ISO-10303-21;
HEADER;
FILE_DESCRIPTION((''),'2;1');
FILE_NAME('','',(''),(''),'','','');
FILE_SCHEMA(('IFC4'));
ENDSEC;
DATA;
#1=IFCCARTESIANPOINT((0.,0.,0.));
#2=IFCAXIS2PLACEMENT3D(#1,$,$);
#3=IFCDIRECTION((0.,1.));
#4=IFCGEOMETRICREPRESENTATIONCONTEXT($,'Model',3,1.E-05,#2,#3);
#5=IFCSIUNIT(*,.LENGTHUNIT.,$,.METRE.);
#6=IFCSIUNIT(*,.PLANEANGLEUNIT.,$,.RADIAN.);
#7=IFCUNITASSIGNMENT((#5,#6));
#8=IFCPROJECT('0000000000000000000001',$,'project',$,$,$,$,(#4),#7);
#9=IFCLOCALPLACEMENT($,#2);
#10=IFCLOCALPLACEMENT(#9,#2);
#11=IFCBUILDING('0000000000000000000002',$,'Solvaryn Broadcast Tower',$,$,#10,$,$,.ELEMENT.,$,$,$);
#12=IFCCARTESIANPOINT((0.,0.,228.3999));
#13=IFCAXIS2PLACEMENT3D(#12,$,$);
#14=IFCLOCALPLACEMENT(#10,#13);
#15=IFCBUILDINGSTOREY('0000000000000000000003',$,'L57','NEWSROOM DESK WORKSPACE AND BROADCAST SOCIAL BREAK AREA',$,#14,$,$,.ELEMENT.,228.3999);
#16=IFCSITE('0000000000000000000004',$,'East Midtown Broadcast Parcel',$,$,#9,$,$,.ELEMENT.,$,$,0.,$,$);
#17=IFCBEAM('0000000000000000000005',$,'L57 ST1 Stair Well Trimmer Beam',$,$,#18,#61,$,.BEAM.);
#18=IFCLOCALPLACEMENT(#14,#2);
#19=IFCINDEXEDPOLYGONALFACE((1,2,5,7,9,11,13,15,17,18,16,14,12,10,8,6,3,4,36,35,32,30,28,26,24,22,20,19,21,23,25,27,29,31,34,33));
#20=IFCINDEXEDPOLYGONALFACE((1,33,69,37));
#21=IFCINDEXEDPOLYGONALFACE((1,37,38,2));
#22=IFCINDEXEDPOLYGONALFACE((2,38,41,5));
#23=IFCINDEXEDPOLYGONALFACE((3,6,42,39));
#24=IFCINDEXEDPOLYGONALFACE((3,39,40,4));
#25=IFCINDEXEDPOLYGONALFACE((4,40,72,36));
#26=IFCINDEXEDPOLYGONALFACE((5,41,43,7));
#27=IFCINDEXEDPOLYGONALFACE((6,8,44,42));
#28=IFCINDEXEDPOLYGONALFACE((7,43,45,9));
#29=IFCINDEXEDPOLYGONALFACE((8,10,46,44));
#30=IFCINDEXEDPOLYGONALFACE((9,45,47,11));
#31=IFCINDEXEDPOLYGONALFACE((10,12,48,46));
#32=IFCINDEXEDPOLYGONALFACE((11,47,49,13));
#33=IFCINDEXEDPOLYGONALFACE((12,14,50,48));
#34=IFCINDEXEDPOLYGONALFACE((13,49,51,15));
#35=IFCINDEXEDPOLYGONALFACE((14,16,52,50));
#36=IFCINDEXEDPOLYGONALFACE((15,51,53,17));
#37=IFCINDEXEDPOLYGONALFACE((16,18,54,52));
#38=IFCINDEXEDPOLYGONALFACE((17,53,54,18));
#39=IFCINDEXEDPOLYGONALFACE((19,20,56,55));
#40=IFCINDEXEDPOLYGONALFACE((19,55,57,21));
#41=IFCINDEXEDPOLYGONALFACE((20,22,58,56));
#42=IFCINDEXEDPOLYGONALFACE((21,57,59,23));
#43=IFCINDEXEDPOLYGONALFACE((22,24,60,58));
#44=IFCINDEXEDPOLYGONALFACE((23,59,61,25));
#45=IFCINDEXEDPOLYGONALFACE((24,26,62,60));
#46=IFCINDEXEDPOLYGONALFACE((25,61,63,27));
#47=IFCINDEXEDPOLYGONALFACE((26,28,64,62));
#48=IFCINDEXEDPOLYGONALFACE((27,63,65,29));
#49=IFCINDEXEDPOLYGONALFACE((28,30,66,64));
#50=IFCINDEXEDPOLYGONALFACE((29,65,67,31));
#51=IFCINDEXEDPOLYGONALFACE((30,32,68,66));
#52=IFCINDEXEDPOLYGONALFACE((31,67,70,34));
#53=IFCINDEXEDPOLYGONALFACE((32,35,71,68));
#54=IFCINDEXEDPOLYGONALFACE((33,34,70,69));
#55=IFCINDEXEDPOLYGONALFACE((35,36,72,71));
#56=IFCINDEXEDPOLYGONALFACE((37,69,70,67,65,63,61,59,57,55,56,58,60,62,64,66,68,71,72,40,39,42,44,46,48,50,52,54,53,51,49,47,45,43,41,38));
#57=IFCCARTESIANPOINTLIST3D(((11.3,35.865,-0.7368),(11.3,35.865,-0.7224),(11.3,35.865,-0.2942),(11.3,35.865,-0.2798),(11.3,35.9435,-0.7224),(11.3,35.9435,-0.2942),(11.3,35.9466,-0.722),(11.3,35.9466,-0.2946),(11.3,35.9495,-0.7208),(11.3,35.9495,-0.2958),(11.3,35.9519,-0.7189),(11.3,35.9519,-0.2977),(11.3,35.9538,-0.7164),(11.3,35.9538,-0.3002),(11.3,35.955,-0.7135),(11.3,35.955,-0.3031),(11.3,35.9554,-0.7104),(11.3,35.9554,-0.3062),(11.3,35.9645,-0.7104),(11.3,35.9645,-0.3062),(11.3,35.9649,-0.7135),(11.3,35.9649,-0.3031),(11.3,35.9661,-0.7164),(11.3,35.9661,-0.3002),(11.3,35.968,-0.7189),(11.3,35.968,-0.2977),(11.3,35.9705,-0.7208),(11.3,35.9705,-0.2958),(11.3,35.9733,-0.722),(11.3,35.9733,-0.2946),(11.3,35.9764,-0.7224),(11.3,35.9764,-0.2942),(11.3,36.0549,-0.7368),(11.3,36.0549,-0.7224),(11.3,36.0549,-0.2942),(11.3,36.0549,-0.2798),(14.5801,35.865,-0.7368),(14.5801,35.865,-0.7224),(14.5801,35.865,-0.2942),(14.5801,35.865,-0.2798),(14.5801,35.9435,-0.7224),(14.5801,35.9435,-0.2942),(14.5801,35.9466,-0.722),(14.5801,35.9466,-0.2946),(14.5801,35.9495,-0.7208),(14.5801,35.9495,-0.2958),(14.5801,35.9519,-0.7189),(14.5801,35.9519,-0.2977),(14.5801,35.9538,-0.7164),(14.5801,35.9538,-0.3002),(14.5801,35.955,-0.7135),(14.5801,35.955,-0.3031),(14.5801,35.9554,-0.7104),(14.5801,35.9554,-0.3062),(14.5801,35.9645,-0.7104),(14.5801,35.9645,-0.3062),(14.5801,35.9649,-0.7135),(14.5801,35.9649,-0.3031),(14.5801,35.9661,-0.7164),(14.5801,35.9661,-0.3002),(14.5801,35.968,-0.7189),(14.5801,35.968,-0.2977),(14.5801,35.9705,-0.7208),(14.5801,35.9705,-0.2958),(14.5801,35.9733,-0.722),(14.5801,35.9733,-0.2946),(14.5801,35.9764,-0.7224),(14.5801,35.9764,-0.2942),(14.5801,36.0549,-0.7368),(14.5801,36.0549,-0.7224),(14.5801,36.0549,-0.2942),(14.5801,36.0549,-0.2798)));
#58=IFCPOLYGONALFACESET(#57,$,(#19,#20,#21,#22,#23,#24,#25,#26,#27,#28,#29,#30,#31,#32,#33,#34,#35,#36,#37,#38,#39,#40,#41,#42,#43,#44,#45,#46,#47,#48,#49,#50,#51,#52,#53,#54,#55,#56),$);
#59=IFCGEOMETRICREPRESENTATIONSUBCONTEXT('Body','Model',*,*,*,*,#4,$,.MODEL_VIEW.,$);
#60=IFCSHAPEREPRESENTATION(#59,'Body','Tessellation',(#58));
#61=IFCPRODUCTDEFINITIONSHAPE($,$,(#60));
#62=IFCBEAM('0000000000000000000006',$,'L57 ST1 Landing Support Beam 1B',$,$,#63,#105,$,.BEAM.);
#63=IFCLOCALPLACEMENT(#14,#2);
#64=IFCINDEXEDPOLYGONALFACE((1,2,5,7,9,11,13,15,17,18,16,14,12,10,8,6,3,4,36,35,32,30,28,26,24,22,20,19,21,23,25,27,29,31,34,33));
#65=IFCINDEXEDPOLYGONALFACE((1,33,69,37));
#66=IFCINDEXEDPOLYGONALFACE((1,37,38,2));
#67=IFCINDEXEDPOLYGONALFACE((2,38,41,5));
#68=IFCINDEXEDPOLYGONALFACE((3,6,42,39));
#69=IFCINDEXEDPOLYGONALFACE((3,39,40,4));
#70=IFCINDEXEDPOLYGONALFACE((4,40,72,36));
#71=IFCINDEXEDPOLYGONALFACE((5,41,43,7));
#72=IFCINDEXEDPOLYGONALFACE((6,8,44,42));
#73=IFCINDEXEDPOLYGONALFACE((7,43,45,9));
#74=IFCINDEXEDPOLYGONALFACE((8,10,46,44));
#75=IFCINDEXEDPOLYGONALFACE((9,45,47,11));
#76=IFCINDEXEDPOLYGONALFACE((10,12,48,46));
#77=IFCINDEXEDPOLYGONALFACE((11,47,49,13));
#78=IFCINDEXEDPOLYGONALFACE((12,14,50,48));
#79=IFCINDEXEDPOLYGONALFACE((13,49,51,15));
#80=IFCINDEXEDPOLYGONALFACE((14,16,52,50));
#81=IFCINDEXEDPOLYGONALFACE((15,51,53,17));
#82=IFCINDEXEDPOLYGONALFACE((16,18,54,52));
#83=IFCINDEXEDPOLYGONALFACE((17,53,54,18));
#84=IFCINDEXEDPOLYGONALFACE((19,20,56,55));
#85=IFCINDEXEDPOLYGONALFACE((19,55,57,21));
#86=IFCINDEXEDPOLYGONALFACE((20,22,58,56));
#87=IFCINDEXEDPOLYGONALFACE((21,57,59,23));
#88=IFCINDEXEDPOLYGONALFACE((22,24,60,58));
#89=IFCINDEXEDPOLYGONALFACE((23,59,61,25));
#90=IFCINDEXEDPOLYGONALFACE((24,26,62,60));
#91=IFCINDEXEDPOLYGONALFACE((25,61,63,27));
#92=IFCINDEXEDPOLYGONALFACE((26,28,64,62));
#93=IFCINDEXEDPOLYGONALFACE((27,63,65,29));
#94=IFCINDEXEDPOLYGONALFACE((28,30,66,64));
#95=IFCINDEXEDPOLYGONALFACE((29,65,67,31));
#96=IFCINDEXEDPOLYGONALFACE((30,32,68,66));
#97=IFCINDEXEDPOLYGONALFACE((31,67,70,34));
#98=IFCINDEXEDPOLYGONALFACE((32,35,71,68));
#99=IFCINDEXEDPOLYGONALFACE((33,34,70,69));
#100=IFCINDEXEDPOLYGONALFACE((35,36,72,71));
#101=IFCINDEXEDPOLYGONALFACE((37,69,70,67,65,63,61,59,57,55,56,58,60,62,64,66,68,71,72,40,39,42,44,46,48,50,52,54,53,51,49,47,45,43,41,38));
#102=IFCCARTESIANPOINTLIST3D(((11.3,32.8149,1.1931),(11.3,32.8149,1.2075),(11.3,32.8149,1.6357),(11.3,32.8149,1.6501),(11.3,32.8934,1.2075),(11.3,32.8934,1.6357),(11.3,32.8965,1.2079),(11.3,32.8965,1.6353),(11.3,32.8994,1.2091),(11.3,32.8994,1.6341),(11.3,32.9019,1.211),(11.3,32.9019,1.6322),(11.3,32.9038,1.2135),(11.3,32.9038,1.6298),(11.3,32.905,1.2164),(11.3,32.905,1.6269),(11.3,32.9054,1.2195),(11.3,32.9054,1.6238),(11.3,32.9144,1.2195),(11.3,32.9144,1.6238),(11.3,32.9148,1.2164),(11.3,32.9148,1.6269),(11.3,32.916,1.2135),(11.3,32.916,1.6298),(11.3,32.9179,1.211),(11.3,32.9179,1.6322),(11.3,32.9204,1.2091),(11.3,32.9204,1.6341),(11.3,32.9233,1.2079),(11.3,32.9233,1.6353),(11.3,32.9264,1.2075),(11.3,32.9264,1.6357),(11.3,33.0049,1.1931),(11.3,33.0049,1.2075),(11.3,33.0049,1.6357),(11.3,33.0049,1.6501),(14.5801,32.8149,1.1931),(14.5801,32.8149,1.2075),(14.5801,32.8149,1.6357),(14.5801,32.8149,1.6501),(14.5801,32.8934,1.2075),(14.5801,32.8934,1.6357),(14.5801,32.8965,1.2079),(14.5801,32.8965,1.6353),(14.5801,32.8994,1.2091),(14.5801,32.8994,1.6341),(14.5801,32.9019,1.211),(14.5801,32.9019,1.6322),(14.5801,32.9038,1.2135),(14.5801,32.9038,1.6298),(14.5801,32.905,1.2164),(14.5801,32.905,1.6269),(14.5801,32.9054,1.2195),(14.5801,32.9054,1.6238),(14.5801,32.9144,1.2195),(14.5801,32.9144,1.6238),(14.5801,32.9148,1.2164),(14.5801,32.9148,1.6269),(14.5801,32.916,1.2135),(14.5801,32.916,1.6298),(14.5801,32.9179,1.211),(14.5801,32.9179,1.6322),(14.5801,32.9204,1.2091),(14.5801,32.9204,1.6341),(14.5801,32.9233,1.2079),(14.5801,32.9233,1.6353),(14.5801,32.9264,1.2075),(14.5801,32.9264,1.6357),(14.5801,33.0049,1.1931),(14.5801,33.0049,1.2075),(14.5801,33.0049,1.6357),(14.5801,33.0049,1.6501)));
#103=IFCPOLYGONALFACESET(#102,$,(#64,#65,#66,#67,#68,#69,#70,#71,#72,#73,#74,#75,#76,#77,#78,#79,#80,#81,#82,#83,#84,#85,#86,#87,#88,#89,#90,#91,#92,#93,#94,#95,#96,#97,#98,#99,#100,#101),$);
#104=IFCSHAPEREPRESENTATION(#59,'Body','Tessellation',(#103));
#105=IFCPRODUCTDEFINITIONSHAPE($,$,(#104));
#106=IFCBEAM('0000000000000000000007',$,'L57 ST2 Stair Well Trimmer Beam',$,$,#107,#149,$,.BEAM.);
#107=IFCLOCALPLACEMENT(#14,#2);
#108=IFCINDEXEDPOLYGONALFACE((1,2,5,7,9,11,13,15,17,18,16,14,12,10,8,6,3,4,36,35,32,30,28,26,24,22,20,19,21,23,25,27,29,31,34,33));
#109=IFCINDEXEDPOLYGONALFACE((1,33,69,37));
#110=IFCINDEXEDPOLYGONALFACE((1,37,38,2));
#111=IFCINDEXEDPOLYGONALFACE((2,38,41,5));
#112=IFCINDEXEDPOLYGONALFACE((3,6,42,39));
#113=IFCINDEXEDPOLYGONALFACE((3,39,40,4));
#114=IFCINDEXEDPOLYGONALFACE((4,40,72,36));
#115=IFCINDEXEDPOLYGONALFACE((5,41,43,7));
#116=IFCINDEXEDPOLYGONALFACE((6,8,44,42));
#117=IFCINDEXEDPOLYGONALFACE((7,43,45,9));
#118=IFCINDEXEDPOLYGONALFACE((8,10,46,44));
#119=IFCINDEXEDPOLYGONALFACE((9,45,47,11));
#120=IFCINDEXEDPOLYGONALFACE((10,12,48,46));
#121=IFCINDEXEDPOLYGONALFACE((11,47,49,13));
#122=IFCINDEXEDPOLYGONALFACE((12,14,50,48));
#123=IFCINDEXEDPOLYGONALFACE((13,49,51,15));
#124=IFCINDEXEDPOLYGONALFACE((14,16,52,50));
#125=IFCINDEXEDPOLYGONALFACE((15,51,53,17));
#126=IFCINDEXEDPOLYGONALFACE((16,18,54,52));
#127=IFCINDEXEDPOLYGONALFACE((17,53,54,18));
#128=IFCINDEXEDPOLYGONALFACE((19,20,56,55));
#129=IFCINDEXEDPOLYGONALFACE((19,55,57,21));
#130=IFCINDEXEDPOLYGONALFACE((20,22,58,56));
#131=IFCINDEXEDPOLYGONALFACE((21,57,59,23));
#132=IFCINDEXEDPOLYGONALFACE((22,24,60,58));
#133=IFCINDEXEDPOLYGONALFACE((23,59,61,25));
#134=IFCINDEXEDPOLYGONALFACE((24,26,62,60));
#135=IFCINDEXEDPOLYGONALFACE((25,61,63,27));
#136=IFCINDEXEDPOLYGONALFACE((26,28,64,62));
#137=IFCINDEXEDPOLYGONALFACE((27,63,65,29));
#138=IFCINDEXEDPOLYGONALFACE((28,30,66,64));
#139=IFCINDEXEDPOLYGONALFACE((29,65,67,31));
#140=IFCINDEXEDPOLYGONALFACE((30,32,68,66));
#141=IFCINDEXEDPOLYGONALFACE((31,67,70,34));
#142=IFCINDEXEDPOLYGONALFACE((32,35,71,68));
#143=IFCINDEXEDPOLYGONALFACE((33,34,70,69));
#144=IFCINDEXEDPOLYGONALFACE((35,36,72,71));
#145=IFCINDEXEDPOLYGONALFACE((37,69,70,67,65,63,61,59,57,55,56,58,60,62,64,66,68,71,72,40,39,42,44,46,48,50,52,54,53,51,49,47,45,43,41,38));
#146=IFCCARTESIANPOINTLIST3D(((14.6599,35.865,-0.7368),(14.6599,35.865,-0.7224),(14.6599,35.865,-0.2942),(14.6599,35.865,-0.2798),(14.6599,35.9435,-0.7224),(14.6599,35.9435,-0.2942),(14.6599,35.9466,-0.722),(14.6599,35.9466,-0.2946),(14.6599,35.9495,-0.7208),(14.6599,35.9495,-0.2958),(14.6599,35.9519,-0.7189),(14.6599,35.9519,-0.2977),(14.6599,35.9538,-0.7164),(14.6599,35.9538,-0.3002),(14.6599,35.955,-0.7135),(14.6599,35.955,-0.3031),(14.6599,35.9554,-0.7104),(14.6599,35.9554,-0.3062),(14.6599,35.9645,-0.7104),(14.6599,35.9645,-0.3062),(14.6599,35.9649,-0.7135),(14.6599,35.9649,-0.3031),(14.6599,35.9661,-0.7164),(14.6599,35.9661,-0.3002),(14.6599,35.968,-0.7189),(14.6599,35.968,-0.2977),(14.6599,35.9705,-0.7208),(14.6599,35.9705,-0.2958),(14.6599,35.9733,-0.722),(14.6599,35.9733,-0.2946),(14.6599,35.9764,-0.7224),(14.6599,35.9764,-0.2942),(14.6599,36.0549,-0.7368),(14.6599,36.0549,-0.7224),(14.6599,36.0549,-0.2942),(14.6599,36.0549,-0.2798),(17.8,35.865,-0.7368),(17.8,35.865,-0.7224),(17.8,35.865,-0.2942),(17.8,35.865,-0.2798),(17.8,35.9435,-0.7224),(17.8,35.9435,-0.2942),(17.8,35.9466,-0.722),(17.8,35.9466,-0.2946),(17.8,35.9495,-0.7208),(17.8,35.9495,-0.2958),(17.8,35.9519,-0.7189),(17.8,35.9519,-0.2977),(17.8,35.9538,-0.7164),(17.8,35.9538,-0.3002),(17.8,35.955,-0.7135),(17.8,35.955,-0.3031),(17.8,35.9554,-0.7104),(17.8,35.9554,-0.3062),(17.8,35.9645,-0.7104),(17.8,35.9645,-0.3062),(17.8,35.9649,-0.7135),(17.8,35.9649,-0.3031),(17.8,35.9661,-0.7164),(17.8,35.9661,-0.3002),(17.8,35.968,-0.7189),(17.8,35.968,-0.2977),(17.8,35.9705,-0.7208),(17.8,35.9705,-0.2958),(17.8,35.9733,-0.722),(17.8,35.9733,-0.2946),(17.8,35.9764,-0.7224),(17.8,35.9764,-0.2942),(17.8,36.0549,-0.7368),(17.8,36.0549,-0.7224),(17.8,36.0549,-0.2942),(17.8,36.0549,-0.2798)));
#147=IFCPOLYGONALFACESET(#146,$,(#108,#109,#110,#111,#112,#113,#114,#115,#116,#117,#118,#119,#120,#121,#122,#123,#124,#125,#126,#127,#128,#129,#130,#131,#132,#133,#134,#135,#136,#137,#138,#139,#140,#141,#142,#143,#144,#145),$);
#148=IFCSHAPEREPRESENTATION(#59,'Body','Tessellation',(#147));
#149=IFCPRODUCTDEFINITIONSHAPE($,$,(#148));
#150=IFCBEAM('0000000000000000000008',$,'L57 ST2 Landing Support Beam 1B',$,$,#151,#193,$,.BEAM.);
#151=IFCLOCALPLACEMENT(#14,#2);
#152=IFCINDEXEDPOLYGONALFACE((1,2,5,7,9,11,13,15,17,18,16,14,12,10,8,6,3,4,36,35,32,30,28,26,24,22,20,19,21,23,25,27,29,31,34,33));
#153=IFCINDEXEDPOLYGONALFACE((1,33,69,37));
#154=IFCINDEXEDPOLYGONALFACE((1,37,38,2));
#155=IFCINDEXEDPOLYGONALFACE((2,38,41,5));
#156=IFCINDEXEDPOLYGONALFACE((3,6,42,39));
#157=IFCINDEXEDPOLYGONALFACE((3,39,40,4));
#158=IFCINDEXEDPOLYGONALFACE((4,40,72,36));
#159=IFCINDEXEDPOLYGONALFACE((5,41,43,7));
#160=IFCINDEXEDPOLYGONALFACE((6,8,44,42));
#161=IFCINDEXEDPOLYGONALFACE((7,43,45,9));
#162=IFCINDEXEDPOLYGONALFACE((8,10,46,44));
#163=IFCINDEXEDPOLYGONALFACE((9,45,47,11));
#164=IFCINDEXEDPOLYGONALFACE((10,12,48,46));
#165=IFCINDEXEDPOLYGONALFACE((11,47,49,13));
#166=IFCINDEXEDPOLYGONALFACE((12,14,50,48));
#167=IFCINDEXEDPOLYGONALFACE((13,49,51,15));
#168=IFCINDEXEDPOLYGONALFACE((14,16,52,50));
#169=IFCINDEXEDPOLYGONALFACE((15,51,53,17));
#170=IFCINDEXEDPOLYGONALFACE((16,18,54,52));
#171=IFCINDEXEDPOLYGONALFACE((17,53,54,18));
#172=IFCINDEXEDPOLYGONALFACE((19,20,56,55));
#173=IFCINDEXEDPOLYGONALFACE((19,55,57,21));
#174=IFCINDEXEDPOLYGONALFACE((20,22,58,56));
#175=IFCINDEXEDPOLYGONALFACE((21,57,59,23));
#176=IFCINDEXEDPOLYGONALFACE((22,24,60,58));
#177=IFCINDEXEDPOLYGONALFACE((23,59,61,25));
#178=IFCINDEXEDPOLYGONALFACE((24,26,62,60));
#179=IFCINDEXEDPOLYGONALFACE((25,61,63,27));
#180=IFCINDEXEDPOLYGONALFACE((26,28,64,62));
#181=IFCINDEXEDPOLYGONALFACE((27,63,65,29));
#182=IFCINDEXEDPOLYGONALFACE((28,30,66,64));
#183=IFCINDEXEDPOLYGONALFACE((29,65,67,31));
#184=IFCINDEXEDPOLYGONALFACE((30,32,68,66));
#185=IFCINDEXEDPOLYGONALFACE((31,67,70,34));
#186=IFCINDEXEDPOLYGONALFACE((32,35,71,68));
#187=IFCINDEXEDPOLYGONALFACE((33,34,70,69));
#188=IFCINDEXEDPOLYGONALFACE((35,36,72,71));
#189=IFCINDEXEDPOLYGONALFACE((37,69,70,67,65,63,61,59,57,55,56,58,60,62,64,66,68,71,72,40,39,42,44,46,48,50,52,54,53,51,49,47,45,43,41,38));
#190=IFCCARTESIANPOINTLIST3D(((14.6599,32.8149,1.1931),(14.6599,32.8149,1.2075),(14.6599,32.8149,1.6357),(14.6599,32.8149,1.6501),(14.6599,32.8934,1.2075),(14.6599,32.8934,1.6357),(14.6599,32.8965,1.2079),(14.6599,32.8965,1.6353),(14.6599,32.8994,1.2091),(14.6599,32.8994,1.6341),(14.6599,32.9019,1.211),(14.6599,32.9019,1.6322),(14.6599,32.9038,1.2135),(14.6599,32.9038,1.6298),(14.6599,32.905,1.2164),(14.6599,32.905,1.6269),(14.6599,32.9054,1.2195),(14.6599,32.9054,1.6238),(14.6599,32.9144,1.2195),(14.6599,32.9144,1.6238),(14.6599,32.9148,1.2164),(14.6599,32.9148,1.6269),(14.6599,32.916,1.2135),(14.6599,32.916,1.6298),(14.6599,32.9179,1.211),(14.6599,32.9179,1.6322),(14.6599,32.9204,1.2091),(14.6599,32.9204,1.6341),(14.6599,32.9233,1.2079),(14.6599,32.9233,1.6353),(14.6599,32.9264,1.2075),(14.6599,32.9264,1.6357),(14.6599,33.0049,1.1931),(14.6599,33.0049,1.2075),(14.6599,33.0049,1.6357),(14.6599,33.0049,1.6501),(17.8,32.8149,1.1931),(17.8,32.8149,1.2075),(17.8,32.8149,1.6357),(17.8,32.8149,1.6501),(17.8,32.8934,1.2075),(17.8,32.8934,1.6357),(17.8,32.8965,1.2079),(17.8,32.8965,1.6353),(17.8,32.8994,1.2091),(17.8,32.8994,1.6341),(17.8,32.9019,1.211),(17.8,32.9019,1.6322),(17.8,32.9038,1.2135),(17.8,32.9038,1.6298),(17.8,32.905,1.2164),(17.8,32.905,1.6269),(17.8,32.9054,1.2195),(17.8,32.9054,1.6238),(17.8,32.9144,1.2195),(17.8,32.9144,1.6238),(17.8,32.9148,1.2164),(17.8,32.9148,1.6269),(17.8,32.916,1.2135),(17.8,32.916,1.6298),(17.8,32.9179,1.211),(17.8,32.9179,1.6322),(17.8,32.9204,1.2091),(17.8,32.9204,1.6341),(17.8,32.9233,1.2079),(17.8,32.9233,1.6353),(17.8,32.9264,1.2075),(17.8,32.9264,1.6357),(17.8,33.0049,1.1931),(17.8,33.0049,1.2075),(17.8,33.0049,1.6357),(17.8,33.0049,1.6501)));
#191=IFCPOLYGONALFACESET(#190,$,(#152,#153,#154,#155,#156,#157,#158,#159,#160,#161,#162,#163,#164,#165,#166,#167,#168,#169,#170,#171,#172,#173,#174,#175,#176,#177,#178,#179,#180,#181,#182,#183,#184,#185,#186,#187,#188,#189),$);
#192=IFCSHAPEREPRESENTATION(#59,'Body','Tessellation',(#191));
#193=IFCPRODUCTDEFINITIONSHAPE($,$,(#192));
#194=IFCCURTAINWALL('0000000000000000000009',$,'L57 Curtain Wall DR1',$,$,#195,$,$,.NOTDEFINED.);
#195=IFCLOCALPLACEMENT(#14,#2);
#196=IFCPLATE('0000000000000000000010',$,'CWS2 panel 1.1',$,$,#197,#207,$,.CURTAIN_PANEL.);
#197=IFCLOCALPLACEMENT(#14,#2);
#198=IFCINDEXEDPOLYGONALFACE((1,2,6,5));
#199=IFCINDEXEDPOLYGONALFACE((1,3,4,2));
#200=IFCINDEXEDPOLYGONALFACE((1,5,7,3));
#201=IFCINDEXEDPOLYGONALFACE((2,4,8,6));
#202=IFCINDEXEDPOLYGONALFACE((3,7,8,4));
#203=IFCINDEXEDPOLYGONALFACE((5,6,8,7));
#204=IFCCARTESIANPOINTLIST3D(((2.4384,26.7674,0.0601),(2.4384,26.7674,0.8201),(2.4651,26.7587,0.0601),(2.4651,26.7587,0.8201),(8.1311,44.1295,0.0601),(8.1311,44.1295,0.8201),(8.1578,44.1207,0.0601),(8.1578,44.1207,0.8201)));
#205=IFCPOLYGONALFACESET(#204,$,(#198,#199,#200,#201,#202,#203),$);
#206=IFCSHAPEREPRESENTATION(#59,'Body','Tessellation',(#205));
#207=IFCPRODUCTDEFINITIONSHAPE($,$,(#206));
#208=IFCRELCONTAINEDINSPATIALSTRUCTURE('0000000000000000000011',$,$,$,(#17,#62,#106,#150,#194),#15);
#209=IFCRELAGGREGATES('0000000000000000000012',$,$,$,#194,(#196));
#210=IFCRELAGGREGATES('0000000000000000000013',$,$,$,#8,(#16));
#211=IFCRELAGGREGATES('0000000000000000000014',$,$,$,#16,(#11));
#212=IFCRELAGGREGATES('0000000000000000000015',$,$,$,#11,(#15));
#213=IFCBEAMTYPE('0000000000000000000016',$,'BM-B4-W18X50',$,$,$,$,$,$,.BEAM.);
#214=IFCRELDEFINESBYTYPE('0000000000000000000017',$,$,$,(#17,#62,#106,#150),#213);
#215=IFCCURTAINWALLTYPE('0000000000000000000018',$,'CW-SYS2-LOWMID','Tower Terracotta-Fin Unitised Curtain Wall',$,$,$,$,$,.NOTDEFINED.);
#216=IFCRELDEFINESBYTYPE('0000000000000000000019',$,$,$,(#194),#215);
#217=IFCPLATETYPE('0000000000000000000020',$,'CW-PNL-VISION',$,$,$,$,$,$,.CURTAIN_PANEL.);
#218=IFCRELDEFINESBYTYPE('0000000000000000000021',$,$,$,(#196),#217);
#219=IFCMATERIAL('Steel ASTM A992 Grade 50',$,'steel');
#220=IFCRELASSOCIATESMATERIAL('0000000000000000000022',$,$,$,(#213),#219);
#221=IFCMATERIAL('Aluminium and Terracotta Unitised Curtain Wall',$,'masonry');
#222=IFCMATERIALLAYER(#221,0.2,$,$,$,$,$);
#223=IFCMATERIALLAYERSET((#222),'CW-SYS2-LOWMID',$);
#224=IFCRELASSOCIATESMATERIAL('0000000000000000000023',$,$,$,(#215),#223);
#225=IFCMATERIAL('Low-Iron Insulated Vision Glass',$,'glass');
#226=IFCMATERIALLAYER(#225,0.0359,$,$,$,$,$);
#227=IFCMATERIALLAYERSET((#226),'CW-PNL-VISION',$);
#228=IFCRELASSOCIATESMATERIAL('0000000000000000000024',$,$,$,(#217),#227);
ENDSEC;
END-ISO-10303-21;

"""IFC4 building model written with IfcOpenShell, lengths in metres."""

from ifc_helpers import new_model, si_unit, direction, frame, origin, origin_2d, place, context, subcontext, project, spatial, rectangle, i_section, extrude, material, layer, layer_set, material_profile, profile_set, type_object, element, aggregate, save


model = new_model("IFC4")

# Units and contexts
model_context = context("Model", 3, precision=1e-05, world=origin(), true_north=direction((0.0, 1.0)))
body_context = subcontext(model_context, "Body", "Model", "MODEL_VIEW")
ifc_project = project(units=[si_unit("LENGTHUNIT", "METRE"), si_unit("PLANEANGLEUNIT", "RADIAN")], contexts=[model_context])

# Site, building, storey
site_placement = place(None, origin())
site = spatial("IfcSite", under=ifc_project, at=site_placement, Name="East Midtown Broadcast Parcel", CompositionType="ELEMENT", RefElevation=0.0)
building_placement = place(site_placement, origin())
building = spatial("IfcBuilding", under=site, at=building_placement, Name="Solvaryn Broadcast Tower", CompositionType="ELEMENT")
storey_placement = place(building_placement, frame((0.0, 0.0, 228.3999)))
storey = spatial("IfcBuildingStorey", under=building, at=storey_placement, Name="L57", Description="NEWSROOM DESK WORKSPACE AND BROADCAST SOCIAL BREAK AREA", CompositionType="ELEMENT", Elevation=228.3999)

# Beams
ifc_material_1 = material(Name="Steel ASTM A992 Grade 50", Category="steel")
ifc_material_profile = material_profile(ifc_material_1, i_section(OverallWidth=0.1899, OverallDepth=0.457, WebThickness=0.009, FlangeThickness=0.0144, FilletRadius=0.012, at=origin_2d()))
ifc_profile_set = profile_set([ifc_material_profile], Name="Steel ASTM A992 Grade 50")
beam_type = type_object("IfcBeamType", Name="BM-B4-W18X50", PredefinedType="BEAM", material=ifc_profile_set)
for number, where, z_axis, x_axis, name in (
    (1, (11.3, 35.96, -0.5083), (1.0, 0.0, 0.0), (0.0, 1.0, 0.0), "L57 ST1 Stair Well Trimmer Beam"),
    (2, (11.3, 32.9099, 1.4216), (1.0, 0.0, 0.0), (0.0, 1.0, 0.0), "L57 ST1 Landing Support Beam 1B"),
):
    element("IfcBeam", number, at=place(storey_placement, frame(where, z_axis=z_axis, x_axis=x_axis)), inside=storey, type_object=beam_type, Name=name, PredefinedType="BEAM", context=body_context, shape_type="SweptSolid", body=[
        extrude(i_section(OverallWidth=0.1899, OverallDepth=0.457, WebThickness=0.009, FlangeThickness=0.0144, FilletRadius=0.012, at=origin_2d()), origin(), (0.0, 0.0, 1.0), 3.28),
    ])
for number, where, z_axis, x_axis, name in (
    (3, (14.6599, 35.96, -0.5083), (1.0, 0.0, 0.0), (0.0, 1.0, 0.0), "L57 ST2 Stair Well Trimmer Beam"),
    (4, (14.6599, 32.9099, 1.4216), (1.0, 0.0, 0.0), (0.0, 1.0, 0.0), "L57 ST2 Landing Support Beam 1B"),
):
    element("IfcBeam", number, at=place(storey_placement, frame(where, z_axis=z_axis, x_axis=x_axis)), inside=storey, type_object=beam_type, Name=name, PredefinedType="BEAM", context=body_context, shape_type="SweptSolid", body=[
        extrude(i_section(OverallWidth=0.1899, OverallDepth=0.457, WebThickness=0.009, FlangeThickness=0.0144, FilletRadius=0.012, at=origin_2d()), origin(), (0.0, 0.0, 1.0), 3.1401),
    ])

# Curtain wall, plate
ifc_material_2 = material(Name="Aluminium and Terracotta Unitised Curtain Wall", Category="masonry")
ifc_layer_1 = layer(ifc_material_2, 0.2)
ifc_layer_set_1 = layer_set([ifc_layer_1], Name="CW-SYS2-LOWMID")
curtain_wall_type = type_object("IfcCurtainWallType", Name="CW-SYS2-LOWMID", Description="Tower Terracotta-Fin Unitised Curtain Wall", PredefinedType="NOTDEFINED", material=ifc_layer_set_1)
curtain_wall_placement = place(storey_placement, origin())
curtain_wall = element("IfcCurtainWall", 5, at=curtain_wall_placement, inside=storey, type_object=curtain_wall_type, Name="L57 Curtain Wall DR1", PredefinedType="NOTDEFINED")
ifc_material_3 = material(Name="Low-Iron Insulated Vision Glass", Category="glass")
ifc_layer_2 = layer(ifc_material_3, 0.0359)
ifc_layer_set_2 = layer_set([ifc_layer_2], Name="CW-PNL-VISION")
plate_type = type_object("IfcPlateType", Name="CW-PNL-VISION", PredefinedType="CURTAIN_PANEL", material=ifc_layer_set_2)
plate_1_placement = place(storey_placement, frame((5.2981, 35.4441, 0.0601), z_axis=(0.0, 0.0, 1.0), x_axis=(-0.311559, -0.950227, 0.0)))
plate_1 = element("IfcPlate", 6, at=plate_1_placement, type_object=plate_type, Name="CWS2 panel 1.1", PredefinedType="CURTAIN_PANEL", context=body_context, shape_type="SweptSolid", body=[
    extrude(rectangle(XDim=18.2715, YDim=0.0281, at=origin_2d()), origin(), (0.0, 0.0, 1.0), 0.76),
])
aggregate(curtain_wall, [plate_1])

save(model, "model.ifc")
